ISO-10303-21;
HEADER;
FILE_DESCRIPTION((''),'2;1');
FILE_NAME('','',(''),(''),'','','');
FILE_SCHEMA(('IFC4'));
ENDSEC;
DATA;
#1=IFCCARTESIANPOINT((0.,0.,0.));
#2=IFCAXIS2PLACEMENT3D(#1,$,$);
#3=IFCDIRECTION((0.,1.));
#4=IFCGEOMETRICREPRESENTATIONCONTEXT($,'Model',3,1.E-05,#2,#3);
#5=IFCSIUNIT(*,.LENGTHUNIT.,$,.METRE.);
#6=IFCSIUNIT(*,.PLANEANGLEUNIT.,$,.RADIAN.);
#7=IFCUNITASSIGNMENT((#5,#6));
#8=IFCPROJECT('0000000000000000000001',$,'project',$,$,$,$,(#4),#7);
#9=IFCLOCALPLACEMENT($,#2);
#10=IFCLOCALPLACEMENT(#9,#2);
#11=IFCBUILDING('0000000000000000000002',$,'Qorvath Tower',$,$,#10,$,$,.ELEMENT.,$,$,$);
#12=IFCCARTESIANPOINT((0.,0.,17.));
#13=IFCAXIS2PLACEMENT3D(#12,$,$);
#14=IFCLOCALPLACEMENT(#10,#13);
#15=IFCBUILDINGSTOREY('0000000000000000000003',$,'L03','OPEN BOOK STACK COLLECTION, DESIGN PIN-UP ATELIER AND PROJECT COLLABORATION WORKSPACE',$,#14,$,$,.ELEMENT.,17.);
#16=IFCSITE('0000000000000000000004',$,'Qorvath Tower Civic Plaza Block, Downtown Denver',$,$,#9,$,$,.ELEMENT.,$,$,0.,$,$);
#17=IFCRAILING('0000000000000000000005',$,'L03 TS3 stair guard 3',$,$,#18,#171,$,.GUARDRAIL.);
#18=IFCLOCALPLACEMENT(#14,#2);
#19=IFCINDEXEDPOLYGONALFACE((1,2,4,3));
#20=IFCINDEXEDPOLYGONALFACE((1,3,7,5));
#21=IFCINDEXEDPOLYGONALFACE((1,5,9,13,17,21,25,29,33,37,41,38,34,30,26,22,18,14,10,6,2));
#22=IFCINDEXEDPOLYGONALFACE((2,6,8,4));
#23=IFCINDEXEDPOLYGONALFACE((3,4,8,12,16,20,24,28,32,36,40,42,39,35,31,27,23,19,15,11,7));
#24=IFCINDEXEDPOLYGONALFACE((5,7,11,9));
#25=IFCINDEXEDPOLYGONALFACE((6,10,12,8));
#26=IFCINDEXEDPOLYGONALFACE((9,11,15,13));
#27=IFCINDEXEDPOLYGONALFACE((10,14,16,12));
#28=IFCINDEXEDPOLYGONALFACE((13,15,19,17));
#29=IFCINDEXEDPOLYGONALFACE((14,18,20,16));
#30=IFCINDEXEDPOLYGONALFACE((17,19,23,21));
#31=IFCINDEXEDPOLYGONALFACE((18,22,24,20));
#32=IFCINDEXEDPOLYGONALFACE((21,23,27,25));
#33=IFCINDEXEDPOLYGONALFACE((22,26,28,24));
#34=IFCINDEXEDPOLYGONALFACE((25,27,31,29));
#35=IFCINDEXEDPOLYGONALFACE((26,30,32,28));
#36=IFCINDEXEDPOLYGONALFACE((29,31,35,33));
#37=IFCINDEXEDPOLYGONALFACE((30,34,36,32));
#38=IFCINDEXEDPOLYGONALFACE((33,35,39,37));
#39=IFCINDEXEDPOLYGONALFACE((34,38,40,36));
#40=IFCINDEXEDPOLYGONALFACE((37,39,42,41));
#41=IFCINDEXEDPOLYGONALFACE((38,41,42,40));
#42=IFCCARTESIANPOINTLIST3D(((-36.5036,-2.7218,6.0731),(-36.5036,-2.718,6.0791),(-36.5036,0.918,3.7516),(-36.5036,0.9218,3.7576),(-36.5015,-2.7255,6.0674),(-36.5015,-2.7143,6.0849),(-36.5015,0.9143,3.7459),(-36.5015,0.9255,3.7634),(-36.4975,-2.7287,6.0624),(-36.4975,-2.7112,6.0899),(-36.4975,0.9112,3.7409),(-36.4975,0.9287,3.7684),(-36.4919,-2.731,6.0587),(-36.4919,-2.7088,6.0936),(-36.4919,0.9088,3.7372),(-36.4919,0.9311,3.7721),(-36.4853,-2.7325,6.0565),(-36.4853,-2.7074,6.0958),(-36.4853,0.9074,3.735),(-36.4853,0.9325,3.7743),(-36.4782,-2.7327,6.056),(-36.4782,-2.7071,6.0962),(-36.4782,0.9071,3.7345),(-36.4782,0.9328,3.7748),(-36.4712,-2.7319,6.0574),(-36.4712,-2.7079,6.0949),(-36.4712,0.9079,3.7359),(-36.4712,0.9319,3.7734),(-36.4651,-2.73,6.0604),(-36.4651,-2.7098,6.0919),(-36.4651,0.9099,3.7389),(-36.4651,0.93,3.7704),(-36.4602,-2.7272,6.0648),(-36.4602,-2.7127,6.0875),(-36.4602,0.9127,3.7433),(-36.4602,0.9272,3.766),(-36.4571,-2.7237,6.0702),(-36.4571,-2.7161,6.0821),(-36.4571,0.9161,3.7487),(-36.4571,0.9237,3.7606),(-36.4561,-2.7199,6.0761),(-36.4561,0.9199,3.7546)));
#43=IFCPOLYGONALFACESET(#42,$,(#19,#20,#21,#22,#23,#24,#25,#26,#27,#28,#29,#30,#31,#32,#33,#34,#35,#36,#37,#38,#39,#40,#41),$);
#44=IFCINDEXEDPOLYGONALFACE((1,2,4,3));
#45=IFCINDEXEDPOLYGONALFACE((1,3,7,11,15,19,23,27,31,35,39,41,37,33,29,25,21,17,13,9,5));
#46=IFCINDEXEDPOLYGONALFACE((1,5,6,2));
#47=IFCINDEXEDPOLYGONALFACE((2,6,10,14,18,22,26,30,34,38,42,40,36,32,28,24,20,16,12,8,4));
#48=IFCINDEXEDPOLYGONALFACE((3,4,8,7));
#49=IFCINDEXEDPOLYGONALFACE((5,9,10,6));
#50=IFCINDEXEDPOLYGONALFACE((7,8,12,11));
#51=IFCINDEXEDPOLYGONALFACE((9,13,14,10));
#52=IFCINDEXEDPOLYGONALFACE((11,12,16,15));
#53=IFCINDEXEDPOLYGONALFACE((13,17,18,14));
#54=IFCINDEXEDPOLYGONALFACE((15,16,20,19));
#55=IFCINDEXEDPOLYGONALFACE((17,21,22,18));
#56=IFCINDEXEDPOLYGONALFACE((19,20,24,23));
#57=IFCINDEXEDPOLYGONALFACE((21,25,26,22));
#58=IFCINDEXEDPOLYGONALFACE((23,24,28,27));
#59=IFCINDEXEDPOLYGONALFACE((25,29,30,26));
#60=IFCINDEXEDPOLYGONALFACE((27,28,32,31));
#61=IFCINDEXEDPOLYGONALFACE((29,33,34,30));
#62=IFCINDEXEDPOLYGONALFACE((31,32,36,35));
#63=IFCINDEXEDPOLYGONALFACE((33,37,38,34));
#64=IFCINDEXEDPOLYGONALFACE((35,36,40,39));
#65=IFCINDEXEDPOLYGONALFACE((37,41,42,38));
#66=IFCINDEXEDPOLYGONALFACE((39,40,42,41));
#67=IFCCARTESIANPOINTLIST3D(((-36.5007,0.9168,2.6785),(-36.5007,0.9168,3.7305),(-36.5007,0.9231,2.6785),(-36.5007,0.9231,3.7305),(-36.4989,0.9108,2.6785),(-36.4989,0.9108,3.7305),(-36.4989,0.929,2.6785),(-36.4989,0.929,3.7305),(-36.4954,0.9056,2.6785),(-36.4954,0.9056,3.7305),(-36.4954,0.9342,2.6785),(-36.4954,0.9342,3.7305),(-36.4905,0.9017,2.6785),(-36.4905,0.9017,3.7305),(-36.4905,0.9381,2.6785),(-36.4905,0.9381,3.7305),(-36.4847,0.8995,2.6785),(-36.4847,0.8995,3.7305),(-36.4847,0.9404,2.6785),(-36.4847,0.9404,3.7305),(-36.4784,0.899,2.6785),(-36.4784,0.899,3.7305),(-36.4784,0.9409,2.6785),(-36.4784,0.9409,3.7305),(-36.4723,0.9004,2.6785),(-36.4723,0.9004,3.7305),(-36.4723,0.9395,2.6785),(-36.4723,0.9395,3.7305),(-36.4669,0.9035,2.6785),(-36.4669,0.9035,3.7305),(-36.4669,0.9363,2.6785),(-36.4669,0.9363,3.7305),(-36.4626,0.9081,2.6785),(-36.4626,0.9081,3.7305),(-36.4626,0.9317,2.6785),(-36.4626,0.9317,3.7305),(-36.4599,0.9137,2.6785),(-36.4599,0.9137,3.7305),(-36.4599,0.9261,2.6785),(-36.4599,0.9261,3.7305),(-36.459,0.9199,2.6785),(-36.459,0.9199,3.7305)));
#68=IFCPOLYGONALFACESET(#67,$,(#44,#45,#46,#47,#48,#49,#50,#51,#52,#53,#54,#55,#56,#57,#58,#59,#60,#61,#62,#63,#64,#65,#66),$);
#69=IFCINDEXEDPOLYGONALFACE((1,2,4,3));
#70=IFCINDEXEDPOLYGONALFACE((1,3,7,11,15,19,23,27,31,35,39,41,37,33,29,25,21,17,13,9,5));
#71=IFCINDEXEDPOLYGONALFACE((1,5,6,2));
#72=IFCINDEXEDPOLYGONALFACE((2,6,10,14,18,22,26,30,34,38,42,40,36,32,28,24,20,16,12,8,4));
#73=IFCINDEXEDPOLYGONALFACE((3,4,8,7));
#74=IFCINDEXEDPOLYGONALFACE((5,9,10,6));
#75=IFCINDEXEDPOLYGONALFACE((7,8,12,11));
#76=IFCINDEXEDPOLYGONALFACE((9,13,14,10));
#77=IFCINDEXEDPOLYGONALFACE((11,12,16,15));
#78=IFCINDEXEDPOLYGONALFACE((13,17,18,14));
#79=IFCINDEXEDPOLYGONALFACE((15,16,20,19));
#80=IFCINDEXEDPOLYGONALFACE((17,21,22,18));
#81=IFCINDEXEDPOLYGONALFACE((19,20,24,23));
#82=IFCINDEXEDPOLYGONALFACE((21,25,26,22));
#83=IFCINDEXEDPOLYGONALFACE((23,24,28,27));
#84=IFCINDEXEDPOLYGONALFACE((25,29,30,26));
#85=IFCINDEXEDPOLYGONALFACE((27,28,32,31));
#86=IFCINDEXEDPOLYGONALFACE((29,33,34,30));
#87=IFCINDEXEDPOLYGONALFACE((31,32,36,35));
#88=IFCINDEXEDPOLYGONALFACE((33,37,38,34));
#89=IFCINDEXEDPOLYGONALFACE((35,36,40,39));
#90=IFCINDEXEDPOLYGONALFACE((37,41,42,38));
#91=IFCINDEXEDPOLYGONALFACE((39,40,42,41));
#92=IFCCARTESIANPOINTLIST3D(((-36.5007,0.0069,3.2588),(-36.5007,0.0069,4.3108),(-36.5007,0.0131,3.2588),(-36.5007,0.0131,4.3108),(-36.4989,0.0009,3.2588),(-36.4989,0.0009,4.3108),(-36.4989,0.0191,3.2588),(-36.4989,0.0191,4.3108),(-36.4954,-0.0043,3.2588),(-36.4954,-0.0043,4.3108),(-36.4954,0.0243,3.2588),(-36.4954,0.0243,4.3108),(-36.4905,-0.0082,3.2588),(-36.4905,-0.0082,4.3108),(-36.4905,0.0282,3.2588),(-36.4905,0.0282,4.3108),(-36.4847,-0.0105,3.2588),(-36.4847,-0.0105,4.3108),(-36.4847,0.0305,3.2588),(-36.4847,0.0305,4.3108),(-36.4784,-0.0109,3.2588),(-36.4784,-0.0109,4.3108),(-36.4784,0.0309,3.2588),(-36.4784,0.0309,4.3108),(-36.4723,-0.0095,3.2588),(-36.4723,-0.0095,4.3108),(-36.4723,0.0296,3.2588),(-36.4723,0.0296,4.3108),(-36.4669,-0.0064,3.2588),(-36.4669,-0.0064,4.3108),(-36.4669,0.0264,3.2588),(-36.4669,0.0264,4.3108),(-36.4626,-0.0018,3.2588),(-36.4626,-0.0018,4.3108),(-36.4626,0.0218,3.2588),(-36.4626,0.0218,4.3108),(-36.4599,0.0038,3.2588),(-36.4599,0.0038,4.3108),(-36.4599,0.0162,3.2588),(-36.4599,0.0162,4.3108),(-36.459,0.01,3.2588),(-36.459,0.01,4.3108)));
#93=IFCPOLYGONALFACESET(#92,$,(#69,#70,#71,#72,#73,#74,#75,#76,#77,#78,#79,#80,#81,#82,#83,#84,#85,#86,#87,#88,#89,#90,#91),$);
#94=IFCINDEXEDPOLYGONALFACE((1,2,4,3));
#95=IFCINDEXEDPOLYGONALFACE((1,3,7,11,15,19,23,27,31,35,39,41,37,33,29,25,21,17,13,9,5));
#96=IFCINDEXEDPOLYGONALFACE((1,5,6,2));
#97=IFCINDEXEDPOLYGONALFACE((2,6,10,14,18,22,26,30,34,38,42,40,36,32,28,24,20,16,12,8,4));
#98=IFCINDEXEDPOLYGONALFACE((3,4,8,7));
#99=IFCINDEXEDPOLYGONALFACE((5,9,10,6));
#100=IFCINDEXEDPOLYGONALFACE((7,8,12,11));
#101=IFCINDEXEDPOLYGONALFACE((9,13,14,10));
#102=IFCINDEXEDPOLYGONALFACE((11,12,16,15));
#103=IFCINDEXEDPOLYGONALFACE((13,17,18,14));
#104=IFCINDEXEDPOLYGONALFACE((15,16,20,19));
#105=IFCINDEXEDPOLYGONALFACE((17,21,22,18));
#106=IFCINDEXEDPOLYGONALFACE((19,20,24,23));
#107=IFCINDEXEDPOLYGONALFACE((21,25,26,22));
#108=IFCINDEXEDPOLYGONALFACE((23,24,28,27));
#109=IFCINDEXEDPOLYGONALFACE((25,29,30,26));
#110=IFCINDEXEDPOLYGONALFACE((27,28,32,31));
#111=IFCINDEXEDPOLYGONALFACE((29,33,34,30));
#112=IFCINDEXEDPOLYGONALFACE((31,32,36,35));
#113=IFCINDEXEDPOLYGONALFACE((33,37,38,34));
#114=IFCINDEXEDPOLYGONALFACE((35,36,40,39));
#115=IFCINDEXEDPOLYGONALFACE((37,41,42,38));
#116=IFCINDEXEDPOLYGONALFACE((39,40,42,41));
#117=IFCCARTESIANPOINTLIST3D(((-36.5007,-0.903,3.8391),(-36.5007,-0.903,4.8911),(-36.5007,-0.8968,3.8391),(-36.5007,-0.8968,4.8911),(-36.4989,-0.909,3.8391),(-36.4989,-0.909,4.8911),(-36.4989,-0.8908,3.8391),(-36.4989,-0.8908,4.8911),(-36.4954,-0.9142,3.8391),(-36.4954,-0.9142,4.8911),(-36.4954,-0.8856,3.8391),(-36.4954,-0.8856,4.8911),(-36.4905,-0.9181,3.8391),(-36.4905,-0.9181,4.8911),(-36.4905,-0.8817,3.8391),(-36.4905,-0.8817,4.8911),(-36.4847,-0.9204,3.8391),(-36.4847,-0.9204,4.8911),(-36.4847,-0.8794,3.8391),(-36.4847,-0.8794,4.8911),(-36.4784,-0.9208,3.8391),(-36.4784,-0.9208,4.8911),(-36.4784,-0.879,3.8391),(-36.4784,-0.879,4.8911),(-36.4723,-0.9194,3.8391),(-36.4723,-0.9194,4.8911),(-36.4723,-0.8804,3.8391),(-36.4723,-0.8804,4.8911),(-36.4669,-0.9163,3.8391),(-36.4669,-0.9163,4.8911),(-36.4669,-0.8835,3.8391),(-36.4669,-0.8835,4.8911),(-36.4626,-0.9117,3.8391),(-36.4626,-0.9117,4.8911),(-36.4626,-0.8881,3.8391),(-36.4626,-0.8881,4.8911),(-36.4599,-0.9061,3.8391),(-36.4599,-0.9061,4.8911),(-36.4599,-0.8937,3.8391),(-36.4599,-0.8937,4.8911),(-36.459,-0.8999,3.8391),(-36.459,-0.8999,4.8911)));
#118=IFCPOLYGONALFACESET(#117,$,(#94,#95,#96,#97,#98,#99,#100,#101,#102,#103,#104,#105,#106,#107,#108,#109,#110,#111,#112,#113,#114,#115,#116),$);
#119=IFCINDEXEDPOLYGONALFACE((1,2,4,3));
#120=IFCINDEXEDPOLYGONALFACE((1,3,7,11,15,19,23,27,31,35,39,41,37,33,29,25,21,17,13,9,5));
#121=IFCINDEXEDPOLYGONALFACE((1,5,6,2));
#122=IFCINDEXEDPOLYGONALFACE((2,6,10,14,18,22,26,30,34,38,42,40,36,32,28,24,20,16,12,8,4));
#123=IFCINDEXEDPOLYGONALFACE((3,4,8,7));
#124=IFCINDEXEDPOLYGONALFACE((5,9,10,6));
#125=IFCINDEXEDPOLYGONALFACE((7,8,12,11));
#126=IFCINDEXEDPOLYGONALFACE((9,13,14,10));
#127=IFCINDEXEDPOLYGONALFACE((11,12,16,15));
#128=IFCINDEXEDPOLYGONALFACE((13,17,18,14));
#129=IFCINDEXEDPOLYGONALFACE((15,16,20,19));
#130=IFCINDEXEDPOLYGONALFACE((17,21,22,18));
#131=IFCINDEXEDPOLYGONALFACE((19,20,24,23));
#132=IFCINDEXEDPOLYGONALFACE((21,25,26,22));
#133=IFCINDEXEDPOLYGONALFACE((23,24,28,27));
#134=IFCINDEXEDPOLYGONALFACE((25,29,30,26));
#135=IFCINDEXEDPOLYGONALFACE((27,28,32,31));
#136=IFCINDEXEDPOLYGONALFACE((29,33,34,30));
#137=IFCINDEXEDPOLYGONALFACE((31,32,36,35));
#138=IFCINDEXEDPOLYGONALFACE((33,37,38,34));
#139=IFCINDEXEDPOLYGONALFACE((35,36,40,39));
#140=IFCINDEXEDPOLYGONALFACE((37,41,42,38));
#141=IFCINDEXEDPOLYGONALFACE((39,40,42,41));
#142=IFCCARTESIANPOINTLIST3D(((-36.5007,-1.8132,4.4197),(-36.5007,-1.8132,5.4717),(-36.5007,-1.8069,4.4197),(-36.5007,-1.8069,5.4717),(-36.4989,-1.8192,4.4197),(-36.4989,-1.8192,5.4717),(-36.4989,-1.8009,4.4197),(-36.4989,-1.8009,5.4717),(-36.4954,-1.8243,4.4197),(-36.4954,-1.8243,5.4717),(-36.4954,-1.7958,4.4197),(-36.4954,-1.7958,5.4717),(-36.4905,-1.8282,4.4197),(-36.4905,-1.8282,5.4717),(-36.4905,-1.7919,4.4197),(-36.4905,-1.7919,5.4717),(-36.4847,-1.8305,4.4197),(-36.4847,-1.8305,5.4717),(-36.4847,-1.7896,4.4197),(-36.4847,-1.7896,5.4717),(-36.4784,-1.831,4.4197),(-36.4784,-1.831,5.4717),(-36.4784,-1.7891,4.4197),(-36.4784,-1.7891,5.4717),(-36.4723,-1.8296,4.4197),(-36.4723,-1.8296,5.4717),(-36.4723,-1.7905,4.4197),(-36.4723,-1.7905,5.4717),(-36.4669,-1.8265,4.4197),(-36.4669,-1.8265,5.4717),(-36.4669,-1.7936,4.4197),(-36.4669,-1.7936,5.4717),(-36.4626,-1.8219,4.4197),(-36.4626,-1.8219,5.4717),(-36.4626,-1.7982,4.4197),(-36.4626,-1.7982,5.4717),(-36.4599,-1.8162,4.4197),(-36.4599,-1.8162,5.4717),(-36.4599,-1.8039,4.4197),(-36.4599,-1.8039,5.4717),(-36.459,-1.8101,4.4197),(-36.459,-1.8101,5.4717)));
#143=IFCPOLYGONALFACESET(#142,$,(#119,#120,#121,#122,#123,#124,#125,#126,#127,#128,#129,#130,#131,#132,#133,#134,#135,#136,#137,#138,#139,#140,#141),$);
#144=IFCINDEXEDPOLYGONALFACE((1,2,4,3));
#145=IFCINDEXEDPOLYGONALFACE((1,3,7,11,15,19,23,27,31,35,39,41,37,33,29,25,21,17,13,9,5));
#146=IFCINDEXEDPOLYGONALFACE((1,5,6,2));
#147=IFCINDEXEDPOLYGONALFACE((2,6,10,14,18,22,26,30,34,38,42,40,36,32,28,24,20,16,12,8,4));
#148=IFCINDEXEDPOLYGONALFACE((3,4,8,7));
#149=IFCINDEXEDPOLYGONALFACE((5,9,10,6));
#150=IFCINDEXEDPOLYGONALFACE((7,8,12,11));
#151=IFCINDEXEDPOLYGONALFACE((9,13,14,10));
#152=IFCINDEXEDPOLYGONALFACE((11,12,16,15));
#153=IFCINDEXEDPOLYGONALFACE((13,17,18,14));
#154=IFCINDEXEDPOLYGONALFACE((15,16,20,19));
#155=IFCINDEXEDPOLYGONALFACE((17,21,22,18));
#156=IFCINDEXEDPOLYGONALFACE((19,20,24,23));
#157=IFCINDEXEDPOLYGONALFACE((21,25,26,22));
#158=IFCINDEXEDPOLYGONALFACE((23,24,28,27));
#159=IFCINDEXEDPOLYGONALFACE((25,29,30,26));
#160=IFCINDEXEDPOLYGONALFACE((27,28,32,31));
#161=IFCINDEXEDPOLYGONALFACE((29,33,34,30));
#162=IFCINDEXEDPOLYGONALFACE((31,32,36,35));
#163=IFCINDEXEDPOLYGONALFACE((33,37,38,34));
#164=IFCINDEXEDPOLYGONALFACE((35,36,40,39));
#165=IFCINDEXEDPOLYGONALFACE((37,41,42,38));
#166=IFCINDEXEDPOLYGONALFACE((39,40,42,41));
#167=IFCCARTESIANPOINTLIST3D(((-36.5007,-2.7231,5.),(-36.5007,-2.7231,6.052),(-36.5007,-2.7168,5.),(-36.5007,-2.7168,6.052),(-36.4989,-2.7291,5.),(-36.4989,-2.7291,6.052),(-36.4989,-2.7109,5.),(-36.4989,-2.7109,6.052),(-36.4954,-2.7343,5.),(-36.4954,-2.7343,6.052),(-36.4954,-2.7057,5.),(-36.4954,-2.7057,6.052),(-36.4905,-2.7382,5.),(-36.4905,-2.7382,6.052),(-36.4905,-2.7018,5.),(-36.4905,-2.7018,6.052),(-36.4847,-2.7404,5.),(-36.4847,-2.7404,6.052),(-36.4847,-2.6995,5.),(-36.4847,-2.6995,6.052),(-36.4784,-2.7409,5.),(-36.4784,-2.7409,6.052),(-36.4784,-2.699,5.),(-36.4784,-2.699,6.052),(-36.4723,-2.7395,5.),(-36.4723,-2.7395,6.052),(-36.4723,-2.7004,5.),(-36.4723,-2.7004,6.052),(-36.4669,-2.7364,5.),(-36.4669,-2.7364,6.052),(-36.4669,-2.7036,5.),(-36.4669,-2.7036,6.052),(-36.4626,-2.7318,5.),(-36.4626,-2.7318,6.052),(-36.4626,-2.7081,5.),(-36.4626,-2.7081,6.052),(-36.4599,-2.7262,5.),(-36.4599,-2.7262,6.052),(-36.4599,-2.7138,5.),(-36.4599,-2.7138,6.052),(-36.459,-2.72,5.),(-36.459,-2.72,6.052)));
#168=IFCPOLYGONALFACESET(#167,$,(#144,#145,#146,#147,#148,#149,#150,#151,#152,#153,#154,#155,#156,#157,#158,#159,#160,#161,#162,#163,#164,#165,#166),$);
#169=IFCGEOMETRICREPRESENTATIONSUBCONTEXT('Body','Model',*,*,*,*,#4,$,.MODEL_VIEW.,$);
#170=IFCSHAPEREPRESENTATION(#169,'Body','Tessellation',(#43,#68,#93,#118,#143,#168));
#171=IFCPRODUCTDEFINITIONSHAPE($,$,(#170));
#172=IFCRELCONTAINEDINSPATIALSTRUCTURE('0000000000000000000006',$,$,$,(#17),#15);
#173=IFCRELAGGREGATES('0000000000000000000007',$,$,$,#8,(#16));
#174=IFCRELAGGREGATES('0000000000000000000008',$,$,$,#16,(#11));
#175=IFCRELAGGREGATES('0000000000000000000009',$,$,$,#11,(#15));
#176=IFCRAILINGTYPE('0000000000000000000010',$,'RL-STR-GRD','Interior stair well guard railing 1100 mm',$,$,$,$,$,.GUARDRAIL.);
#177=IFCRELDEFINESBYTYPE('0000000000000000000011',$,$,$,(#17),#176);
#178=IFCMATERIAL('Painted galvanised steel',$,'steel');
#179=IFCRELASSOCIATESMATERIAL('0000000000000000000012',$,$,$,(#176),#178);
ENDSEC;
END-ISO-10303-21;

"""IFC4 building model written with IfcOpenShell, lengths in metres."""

from ifc_helpers import new_model, si_unit, direction, frame, origin, origin_2d, place, context, subcontext, project, spatial, circle, extrude, material, type_object, element, save


model = new_model("IFC4")

# Units and contexts
model_context = context("Model", 3, precision=1e-05, world=origin(), true_north=direction((0.0, 1.0)))
body_context = subcontext(model_context, "Body", "Model", "MODEL_VIEW")
ifc_project = project(units=[si_unit("LENGTHUNIT", "METRE"), si_unit("PLANEANGLEUNIT", "RADIAN")], contexts=[model_context])

# Site, building, storey
site_placement = place(None, origin())
site = spatial("IfcSite", under=ifc_project, at=site_placement, Name="Qorvath Tower Civic Plaza Block, Downtown Denver", CompositionType="ELEMENT", RefElevation=0.0)
building_placement = place(site_placement, origin())
building = spatial("IfcBuilding", under=site, at=building_placement, Name="Qorvath Tower", CompositionType="ELEMENT")
storey_placement = place(building_placement, frame((0.0, 0.0, 17.0)))
storey = spatial("IfcBuildingStorey", under=building, at=storey_placement, Name="L03", Description="OPEN BOOK STACK COLLECTION, DESIGN PIN-UP ATELIER AND PROJECT COLLABORATION WORKSPACE", CompositionType="ELEMENT", Elevation=17.0)

# Railing
ifc_material_1 = material(Name="Painted galvanised steel", Category="steel")
railing_type_1 = type_object("IfcRailingType", Name="RL-STR-GRD", Description="Interior stair well guard railing 1100 mm", PredefinedType="GUARDRAIL", material=ifc_material_1)
railing_1_placement = place(storey_placement, frame((-36.48, 0.9199, 2.6785)))
element("IfcRailing", 1, at=railing_1_placement, inside=storey, type_object=railing_type_1, Name="L03 TS3 stair guard 3", PredefinedType="GUARDRAIL", context=body_context, shape_type="SweptSolid", body=[
    extrude(circle(Radius=0.0239, at=origin_2d()), frame((0.0, 0.0, 1.0762), z_axis=(0.0, -0.843112, 0.537739), x_axis=(1.0, 0.0, 0.0)), (0.0, 0.0, 1.0), 4.3171),
    extrude(circle(Radius=0.021, at=origin_2d()), origin(), (0.0, 0.0, 1.0), 1.052),
    extrude(circle(Radius=0.021, at=origin_2d()), frame((0.0, -0.9099, 0.5803)), (0.0, 0.0, 1.0), 1.052),
    extrude(circle(Radius=0.021, at=origin_2d()), frame((0.0, -1.8198, 1.1606)), (0.0, 0.0, 1.0), 1.052),
    extrude(circle(Radius=0.021, at=origin_2d()), frame((0.0, -2.73, 1.7412)), (0.0, 0.0, 1.0), 1.052),
    extrude(circle(Radius=0.021, at=origin_2d()), frame((0.0, -3.6399, 2.3215)), (0.0, 0.0, 1.0), 1.052),
])

save(model, "model.ifc")
